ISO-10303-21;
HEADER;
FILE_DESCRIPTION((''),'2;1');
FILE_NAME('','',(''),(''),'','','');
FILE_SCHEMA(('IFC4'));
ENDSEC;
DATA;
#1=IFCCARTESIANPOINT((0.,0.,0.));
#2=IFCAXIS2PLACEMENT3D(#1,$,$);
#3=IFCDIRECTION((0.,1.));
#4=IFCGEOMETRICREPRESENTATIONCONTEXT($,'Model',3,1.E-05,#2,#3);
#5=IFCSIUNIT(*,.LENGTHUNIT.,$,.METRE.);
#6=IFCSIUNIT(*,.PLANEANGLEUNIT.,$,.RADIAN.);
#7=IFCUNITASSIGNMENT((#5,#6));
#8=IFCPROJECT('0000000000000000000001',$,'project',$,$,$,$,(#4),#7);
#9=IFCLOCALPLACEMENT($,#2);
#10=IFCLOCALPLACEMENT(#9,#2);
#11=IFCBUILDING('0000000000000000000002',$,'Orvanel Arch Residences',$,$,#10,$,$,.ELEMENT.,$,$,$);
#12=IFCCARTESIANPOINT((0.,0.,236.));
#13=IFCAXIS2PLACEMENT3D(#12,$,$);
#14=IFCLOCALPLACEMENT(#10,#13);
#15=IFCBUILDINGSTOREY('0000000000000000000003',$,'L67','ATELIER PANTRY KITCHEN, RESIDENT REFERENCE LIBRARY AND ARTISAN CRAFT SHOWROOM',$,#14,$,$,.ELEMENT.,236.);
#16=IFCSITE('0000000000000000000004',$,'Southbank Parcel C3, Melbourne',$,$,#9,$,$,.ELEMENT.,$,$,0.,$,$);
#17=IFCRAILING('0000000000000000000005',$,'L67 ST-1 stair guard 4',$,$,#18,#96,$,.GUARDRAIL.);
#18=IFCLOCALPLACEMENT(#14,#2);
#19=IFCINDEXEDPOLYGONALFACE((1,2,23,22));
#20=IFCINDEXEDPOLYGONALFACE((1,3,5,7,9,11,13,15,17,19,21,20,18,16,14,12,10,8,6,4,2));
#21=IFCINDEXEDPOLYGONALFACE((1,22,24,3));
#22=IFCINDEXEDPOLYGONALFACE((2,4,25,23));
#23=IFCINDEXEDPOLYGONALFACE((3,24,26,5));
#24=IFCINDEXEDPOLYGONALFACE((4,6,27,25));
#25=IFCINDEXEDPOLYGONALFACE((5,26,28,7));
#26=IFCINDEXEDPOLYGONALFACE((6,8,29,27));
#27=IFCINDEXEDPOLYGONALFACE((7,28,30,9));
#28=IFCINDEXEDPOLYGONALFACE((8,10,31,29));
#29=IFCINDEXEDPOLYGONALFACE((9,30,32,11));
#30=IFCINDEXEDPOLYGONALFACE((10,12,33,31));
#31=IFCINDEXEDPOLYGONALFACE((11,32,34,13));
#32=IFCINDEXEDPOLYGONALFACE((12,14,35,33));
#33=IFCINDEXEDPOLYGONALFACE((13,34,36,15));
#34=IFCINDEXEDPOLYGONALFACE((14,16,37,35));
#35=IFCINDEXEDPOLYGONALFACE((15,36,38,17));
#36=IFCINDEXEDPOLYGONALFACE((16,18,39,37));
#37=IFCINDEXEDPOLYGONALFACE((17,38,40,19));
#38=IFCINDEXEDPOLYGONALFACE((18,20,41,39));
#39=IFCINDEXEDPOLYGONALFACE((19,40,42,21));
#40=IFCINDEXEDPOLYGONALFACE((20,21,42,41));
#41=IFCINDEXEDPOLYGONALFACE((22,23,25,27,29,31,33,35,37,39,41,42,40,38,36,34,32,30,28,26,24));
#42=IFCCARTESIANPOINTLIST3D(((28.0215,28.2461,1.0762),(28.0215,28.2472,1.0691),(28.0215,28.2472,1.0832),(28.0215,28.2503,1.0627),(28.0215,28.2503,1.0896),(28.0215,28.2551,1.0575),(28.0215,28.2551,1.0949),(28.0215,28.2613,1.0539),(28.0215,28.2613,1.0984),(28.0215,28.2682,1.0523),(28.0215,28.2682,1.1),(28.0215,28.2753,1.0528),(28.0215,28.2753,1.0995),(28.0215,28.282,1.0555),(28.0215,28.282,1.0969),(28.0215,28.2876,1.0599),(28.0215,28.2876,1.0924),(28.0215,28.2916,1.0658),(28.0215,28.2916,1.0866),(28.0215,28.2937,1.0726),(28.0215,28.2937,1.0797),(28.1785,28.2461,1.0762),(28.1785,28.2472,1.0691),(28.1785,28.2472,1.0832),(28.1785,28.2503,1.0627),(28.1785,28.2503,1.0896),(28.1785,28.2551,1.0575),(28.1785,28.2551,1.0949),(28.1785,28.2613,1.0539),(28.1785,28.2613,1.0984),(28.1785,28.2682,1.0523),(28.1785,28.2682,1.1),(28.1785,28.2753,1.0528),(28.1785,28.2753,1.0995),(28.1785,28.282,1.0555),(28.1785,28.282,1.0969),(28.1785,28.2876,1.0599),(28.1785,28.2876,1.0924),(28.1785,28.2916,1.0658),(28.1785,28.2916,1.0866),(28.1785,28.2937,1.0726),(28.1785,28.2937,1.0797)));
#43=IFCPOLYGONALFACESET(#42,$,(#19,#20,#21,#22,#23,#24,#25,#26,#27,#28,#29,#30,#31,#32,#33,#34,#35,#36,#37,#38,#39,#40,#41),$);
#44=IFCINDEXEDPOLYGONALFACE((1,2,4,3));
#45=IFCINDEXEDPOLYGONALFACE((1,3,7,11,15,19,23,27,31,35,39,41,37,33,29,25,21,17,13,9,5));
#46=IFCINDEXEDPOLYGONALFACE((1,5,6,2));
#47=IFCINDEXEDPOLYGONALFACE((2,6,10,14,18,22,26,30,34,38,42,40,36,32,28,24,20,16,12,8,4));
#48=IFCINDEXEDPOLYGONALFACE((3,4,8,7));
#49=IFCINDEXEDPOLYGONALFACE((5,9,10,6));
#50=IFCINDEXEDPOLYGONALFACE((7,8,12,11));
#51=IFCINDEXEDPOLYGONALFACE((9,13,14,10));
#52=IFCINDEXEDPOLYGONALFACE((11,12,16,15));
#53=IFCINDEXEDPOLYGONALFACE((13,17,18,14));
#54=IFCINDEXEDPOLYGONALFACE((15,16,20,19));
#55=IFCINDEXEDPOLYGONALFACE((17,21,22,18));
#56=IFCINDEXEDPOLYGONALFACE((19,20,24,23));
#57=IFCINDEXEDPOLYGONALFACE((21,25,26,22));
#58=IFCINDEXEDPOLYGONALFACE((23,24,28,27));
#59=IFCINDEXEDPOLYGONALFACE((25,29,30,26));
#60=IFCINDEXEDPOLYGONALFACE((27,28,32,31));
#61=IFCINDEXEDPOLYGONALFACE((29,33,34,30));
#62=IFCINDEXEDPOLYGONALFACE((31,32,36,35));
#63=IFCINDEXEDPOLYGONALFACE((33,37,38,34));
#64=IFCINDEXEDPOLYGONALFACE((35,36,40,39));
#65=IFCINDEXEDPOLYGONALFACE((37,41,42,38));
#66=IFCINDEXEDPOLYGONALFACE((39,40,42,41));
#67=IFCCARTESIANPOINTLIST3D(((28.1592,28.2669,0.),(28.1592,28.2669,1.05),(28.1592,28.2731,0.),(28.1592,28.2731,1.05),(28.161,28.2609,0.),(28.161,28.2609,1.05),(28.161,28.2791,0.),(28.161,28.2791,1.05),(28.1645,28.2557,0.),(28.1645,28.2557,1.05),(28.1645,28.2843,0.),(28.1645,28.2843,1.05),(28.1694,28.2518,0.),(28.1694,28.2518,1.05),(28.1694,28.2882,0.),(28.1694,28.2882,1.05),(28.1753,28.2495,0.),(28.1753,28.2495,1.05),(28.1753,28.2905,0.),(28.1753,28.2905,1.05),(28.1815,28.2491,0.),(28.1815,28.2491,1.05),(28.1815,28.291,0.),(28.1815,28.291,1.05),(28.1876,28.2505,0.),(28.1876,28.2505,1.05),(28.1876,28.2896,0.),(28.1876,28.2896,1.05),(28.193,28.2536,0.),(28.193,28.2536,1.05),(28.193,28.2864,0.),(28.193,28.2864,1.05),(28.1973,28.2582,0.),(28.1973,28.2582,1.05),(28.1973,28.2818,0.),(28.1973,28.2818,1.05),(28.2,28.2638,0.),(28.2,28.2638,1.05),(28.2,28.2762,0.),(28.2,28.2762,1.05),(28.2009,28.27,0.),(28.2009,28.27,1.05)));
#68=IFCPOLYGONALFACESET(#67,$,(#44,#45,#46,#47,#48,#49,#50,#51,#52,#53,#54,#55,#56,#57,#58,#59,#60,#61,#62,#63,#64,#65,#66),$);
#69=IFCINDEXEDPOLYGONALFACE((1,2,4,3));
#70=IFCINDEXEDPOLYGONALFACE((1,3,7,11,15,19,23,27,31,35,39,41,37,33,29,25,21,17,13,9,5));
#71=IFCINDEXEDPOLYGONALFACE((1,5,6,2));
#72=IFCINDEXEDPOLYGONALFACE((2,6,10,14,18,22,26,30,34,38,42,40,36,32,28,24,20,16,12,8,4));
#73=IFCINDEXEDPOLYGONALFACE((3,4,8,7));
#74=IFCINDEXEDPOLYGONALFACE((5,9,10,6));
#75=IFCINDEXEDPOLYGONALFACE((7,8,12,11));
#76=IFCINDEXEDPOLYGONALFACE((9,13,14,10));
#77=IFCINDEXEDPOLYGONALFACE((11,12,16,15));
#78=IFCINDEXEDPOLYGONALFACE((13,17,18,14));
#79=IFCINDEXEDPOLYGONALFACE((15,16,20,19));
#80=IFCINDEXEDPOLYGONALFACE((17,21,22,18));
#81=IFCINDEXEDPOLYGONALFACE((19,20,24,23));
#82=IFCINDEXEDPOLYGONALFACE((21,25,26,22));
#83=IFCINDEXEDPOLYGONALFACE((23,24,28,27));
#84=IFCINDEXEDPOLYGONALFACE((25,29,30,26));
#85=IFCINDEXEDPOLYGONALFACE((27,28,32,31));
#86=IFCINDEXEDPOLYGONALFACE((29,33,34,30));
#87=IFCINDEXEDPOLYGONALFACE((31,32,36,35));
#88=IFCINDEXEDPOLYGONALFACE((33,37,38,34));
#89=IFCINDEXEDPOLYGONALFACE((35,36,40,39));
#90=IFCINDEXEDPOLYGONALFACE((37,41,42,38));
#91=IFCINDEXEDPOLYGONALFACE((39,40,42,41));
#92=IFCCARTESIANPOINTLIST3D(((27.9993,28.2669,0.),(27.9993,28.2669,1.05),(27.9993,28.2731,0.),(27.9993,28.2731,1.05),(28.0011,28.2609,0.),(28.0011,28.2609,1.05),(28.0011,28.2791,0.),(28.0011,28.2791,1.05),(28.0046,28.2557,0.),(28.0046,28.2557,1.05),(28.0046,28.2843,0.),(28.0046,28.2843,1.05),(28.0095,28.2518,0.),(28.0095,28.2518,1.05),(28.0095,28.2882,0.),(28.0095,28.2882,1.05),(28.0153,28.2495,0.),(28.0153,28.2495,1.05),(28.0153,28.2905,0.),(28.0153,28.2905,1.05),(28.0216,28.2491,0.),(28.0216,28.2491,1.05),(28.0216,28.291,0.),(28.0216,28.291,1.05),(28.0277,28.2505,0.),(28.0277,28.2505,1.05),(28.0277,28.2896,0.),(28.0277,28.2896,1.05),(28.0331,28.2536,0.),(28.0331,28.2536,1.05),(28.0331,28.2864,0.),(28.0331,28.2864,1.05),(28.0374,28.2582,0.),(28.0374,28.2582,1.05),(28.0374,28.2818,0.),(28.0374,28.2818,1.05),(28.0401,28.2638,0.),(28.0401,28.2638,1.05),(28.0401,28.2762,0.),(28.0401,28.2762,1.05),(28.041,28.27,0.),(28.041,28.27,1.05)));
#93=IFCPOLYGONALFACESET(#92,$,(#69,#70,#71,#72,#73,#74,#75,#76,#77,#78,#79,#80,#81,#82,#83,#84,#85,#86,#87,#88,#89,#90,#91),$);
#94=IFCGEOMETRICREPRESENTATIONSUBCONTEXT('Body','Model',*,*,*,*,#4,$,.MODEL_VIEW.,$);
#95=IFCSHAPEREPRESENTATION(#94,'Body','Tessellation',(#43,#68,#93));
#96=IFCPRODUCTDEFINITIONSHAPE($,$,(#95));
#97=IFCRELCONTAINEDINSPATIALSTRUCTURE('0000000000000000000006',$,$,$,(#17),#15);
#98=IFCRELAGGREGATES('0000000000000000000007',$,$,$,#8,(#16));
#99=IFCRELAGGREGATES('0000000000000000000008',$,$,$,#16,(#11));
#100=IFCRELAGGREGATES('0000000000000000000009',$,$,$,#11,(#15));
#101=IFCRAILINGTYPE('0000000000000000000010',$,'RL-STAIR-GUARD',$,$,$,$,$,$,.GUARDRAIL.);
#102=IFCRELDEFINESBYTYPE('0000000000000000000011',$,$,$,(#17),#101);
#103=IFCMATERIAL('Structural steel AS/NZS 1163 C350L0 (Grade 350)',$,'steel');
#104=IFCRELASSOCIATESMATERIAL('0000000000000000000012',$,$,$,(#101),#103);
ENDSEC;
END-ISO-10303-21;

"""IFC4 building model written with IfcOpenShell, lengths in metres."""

from ifc_helpers import new_model, si_unit, direction, frame, origin, origin_2d, place, context, subcontext, project, spatial, circle, extrude, material, type_object, element, save


model = new_model("IFC4")

# Units and contexts
model_context = context("Model", 3, precision=1e-05, world=origin(), true_north=direction((0.0, 1.0)))
body_context = subcontext(model_context, "Body", "Model", "MODEL_VIEW")
ifc_project = project(units=[si_unit("LENGTHUNIT", "METRE"), si_unit("PLANEANGLEUNIT", "RADIAN")], contexts=[model_context])

# Site, building, storey
site_placement = place(None, origin())
site = spatial("IfcSite", under=ifc_project, at=site_placement, Name="Southbank Parcel C3, Melbourne", CompositionType="ELEMENT", RefElevation=0.0)
building_placement = place(site_placement, origin())
building = spatial("IfcBuilding", under=site, at=building_placement, Name="Orvanel Arch Residences", CompositionType="ELEMENT")
storey_placement = place(building_placement, frame((0.0, 0.0, 236.0)))
storey = spatial("IfcBuildingStorey", under=building, at=storey_placement, Name="L67", Description="ATELIER PANTRY KITCHEN, RESIDENT REFERENCE LIBRARY AND ARTISAN CRAFT SHOWROOM", CompositionType="ELEMENT", Elevation=236.0)

# Railing
ifc_material_1 = material(Name="Structural steel AS/NZS 1163 C350L0 (Grade 350)", Category="steel")
railing_type_1 = type_object("IfcRailingType", Name="RL-STAIR-GUARD", PredefinedType="GUARDRAIL", material=ifc_material_1)
railing_1_placement = place(storey_placement, frame((28.1799, 28.27, 0.0)))
element("IfcRailing", 1, at=railing_1_placement, inside=storey, type_object=railing_type_1, Name="L67 ST-1 stair guard 4", PredefinedType="GUARDRAIL", context=body_context, shape_type="SweptSolid", body=[
    extrude(circle(Radius=0.0239, at=origin_2d()), frame((-0.0015, 0.0, 1.0762), z_axis=(-1.0, 0.0, 0.0), x_axis=(0.0, -1.0, 0.0)), (0.0, 0.0, 1.0), 0.157),
    extrude(circle(Radius=0.021, at=origin_2d()), origin(), (0.0, 0.0, 1.0), 1.05),
    extrude(circle(Radius=0.021, at=origin_2d()), frame((-0.1599, 0.0, 0.0)), (0.0, 0.0, 1.0), 1.05),
])

save(model, "model.ifc")
